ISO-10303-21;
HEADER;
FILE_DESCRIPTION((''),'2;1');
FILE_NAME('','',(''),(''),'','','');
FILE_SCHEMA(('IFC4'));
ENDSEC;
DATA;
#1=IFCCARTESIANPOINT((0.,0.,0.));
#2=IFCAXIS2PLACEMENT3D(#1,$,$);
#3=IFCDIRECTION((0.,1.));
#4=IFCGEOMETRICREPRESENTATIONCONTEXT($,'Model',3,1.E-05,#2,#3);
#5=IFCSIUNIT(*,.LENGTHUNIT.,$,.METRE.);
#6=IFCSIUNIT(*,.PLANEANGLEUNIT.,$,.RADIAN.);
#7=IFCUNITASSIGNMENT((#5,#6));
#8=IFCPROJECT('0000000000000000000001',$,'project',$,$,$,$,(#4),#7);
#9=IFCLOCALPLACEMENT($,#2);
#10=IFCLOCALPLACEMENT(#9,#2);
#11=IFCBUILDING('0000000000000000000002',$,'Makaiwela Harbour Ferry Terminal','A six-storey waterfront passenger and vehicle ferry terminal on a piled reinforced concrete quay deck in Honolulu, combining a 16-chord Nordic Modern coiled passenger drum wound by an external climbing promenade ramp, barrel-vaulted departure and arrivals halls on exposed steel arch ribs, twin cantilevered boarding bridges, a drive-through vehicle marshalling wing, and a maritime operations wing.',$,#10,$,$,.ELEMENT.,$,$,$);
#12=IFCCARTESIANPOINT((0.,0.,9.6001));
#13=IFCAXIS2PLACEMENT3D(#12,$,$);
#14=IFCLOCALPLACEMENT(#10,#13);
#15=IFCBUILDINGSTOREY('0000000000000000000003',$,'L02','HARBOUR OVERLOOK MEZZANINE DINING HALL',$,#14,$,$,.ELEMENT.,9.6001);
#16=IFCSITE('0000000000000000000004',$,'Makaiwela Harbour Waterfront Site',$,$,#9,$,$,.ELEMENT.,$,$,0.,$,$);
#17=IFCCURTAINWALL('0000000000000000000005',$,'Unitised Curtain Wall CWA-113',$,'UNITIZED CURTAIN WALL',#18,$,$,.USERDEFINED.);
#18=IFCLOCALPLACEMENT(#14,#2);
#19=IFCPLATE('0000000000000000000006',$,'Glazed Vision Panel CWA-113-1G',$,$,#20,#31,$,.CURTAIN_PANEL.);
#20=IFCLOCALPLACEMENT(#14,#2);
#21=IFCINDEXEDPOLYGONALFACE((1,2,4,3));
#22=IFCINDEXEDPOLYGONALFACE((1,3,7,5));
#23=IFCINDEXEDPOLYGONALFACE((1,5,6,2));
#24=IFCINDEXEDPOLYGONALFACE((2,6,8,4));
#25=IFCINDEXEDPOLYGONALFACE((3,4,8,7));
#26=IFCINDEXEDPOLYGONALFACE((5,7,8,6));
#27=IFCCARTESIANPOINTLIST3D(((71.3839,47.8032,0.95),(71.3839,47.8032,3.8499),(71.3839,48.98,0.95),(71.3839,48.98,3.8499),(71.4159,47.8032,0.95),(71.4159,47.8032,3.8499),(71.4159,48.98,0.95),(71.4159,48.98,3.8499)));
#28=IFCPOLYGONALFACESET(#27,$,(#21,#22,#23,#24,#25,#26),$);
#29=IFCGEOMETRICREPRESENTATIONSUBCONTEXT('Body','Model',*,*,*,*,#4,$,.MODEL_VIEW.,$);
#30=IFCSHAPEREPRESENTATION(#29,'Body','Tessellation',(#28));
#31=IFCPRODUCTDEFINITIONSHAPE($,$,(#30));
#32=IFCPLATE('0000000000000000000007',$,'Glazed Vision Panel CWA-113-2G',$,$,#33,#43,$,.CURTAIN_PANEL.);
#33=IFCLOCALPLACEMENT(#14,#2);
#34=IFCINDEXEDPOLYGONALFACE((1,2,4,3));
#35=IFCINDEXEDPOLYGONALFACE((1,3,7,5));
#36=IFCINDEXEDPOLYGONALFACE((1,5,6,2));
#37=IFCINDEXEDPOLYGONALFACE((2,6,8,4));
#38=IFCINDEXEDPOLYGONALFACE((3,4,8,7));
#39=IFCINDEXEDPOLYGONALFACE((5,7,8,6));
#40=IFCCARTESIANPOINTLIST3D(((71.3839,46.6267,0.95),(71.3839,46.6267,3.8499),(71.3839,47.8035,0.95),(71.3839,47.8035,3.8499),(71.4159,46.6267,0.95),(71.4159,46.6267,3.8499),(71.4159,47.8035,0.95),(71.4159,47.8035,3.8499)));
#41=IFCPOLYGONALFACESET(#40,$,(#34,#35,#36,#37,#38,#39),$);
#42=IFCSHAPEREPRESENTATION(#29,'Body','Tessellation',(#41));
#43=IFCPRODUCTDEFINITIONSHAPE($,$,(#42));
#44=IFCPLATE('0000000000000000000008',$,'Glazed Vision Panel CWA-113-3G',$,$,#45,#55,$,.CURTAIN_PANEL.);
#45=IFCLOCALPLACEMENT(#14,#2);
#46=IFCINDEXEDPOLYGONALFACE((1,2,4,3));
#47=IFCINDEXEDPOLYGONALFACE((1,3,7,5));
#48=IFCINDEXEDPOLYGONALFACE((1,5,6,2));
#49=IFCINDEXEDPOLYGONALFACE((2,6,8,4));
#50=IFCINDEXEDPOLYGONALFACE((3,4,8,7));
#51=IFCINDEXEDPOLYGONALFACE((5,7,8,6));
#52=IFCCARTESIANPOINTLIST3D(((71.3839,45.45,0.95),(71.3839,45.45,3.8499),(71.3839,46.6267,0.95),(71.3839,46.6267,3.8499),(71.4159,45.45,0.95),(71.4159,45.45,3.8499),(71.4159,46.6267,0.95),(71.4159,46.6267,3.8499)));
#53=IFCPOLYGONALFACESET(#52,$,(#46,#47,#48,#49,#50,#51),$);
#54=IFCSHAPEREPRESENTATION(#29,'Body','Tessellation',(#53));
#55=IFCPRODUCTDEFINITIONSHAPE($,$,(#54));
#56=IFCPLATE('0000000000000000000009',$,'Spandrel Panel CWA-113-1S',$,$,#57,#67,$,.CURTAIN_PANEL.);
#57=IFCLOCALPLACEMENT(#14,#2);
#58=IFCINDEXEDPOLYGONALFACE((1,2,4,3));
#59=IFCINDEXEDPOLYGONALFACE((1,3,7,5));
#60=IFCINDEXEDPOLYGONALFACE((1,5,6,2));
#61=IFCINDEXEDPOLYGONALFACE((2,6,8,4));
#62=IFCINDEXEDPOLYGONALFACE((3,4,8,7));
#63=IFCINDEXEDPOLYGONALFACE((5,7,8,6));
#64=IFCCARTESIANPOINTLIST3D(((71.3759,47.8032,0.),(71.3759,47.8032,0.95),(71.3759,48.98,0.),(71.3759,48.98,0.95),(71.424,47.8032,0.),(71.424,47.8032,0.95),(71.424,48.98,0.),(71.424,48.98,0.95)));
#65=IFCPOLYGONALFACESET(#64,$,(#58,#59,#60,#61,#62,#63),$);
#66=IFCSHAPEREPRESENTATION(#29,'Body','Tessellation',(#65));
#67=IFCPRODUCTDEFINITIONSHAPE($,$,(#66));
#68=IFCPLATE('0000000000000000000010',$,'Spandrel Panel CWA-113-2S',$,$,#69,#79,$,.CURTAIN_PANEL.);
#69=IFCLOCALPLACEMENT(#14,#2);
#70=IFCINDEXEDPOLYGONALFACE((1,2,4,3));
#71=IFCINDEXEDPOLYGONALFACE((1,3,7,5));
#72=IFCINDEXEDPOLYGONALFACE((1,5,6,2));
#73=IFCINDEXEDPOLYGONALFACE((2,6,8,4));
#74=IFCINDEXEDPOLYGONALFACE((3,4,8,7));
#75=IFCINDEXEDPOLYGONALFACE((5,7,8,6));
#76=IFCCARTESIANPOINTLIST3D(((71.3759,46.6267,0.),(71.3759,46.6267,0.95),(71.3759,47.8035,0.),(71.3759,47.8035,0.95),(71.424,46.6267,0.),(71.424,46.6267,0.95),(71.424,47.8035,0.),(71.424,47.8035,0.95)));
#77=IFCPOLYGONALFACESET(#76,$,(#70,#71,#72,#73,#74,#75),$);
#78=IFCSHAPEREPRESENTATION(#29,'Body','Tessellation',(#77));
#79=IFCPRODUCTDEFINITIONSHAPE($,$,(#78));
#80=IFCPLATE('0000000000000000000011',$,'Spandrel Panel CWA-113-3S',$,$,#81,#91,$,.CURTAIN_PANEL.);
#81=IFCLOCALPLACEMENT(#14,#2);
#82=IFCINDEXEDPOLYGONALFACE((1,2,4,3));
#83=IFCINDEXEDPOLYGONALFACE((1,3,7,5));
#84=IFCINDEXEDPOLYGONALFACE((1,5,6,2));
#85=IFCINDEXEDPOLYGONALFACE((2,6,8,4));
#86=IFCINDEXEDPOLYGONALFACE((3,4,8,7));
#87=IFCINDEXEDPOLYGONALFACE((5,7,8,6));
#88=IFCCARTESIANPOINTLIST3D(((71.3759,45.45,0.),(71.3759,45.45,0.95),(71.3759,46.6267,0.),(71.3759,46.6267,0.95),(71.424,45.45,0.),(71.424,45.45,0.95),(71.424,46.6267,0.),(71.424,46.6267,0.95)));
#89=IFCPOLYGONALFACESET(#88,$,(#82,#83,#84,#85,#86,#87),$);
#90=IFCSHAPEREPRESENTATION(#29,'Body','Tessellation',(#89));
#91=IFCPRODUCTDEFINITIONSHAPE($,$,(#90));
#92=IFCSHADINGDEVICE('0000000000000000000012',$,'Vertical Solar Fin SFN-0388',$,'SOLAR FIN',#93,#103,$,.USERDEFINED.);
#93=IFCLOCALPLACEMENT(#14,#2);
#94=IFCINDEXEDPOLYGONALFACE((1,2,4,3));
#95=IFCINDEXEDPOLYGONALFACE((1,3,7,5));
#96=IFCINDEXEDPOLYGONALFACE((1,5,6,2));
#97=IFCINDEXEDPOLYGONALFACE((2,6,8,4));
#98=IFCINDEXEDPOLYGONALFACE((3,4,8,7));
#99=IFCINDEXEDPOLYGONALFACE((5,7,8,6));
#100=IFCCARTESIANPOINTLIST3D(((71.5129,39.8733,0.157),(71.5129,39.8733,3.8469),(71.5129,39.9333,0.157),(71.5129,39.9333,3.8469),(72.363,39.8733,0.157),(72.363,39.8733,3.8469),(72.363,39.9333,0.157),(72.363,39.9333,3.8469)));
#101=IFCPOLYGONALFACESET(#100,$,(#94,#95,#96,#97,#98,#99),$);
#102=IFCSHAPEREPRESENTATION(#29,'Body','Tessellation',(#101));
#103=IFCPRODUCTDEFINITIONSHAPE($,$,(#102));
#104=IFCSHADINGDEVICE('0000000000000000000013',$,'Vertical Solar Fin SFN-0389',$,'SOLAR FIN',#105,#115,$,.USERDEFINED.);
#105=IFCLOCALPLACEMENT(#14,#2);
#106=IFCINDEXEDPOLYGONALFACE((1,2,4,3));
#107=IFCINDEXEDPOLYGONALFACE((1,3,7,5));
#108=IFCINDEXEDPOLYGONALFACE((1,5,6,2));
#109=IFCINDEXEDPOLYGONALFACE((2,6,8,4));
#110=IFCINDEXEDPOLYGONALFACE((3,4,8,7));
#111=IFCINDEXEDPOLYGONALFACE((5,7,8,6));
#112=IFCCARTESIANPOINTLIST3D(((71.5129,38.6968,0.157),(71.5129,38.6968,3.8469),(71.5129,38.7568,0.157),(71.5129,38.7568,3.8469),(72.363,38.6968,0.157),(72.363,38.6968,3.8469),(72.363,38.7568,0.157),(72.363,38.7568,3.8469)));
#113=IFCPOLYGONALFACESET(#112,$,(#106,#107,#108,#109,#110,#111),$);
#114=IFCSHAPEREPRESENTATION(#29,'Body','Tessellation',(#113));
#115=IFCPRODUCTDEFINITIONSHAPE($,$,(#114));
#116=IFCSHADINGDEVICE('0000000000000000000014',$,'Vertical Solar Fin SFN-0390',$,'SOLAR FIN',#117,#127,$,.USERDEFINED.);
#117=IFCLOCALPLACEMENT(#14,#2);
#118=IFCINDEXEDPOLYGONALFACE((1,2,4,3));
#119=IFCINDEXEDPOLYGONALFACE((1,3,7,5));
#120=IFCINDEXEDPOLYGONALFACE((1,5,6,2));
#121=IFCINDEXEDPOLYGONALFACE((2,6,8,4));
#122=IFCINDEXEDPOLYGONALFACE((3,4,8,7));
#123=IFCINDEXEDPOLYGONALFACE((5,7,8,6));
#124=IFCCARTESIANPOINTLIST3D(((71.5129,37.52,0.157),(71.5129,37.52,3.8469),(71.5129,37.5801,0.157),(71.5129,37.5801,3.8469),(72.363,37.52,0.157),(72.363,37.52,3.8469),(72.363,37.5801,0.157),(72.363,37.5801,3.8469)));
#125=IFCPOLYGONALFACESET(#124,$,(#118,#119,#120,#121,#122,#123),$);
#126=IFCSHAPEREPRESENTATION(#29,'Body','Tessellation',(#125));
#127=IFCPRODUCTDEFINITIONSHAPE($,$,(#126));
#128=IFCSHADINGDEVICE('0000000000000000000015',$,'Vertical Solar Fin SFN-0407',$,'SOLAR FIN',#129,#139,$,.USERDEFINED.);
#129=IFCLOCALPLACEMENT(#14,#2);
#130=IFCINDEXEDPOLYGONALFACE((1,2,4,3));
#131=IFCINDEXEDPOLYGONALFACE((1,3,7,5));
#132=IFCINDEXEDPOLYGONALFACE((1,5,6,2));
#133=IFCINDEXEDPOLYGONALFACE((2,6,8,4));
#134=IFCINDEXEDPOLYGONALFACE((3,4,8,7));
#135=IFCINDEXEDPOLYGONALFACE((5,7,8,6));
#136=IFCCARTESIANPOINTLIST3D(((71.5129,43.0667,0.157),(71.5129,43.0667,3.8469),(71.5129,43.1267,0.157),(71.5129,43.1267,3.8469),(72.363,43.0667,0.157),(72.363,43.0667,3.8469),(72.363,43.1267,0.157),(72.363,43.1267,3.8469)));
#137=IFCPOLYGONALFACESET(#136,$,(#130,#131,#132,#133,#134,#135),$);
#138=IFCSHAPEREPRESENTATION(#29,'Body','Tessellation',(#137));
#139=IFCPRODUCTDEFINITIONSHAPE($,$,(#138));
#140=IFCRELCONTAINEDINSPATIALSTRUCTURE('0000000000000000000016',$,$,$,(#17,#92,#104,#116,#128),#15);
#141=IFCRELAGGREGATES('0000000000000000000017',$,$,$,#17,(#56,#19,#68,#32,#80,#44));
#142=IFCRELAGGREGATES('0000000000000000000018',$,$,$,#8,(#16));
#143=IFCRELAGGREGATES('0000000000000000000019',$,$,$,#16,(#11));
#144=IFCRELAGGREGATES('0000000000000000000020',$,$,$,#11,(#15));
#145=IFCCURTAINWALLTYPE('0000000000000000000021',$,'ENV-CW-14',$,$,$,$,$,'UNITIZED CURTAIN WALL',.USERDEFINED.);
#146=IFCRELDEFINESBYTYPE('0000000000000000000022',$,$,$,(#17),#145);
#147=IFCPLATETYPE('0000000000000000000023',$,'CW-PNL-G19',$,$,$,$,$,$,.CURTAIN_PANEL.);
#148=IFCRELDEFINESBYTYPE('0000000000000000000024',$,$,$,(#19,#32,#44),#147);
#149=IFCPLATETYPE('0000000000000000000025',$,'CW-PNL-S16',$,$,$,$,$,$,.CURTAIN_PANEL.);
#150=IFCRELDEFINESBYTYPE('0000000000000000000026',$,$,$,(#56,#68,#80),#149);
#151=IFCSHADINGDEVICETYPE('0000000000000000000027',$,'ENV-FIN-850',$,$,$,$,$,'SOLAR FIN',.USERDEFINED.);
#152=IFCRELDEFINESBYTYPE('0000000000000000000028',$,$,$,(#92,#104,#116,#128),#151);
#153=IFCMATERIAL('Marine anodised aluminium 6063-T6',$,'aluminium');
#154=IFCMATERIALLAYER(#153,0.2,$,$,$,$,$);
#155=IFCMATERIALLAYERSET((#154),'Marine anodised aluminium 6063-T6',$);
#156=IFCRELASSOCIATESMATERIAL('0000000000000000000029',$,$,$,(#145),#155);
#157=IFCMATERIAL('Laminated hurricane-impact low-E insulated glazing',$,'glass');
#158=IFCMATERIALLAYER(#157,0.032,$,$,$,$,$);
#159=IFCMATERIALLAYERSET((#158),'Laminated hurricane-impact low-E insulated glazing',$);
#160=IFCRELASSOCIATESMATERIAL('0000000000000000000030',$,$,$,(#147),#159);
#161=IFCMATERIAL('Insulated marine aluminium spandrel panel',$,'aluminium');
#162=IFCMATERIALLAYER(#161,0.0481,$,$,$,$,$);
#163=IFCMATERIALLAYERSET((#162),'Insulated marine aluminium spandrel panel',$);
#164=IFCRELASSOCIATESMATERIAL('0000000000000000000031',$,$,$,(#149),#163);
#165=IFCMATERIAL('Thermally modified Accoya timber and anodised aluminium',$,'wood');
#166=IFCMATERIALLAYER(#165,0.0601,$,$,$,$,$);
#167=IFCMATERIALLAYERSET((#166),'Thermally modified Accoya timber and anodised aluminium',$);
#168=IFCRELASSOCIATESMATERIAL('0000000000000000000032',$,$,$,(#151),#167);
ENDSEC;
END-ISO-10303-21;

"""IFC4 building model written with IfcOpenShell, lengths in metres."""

from ifc_helpers import new_model, si_unit, direction, frame, origin, origin_2d, place, context, subcontext, project, spatial, rectangle, extrude, material, layer, layer_set, type_object, element, aggregate, save


model = new_model("IFC4")

# Units and contexts
model_context = context("Model", 3, precision=1e-05, world=origin(), true_north=direction((0.0, 1.0)))
body_context = subcontext(model_context, "Body", "Model", "MODEL_VIEW")
ifc_project = project(units=[si_unit("LENGTHUNIT", "METRE"), si_unit("PLANEANGLEUNIT", "RADIAN")], contexts=[model_context])

# Site, building, storey
site_placement = place(None, origin())
site = spatial("IfcSite", under=ifc_project, at=site_placement, Name="Makaiwela Harbour Waterfront Site", CompositionType="ELEMENT", RefElevation=0.0)
building_placement = place(site_placement, origin())
building = spatial("IfcBuilding", under=site, at=building_placement, Name="Makaiwela Harbour Ferry Terminal", Description="A six-storey waterfront passenger and vehicle ferry terminal on a piled reinforced concrete quay deck in Honolulu, combining a 16-chord Nordic Modern coiled passenger drum wound by an external climbing promenade ramp, barrel-vaulted departure and arrivals halls on exposed steel arch ribs, twin cantilevered boarding bridges, a drive-through vehicle marshalling wing, and a maritime operations wing.", CompositionType="ELEMENT")
storey_placement = place(building_placement, frame((0.0, 0.0, 9.6001)))
storey = spatial("IfcBuildingStorey", under=building, at=storey_placement, Name="L02", Description="HARBOUR OVERLOOK MEZZANINE DINING HALL", CompositionType="ELEMENT", Elevation=9.6001)

# Curtain wall, plates
ifc_material_1 = material(Name="Marine anodised aluminium 6063-T6", Category="aluminium")
ifc_layer_1 = layer(ifc_material_1, 0.2)
ifc_layer_set_1 = layer_set([ifc_layer_1], Name="Marine anodised aluminium 6063-T6")
curtain_wall_type = type_object("IfcCurtainWallType", Name="ENV-CW-14", ElementType="UNITIZED CURTAIN WALL", PredefinedType="USERDEFINED", material=ifc_layer_set_1)
curtain_wall_placement = place(storey_placement, origin())
curtain_wall = element("IfcCurtainWall", 1, at=curtain_wall_placement, inside=storey, type_object=curtain_wall_type, Name="Unitised Curtain Wall CWA-113", ObjectType="UNITIZED CURTAIN WALL", PredefinedType="USERDEFINED")
ifc_material_2 = material(Name="Laminated hurricane-impact low-E insulated glazing", Category="glass")
ifc_layer_2 = layer(ifc_material_2, 0.032)
ifc_layer_set_2 = layer_set([ifc_layer_2], Name="Laminated hurricane-impact low-E insulated glazing")
plate_type_1 = type_object("IfcPlateType", Name="CW-PNL-G19", PredefinedType="CURTAIN_PANEL", material=ifc_layer_set_2)
plate_1_placement = place(storey_placement, frame((71.3999, 48.3916, 0.95), z_axis=(0.0, 0.0, 1.0), x_axis=(0.0, -1.0, 0.0)))
plate_1 = element("IfcPlate", 2, at=plate_1_placement, type_object=plate_type_1, Name="Glazed Vision Panel CWA-113-1G", PredefinedType="CURTAIN_PANEL", context=body_context, shape_type="SweptSolid", body=[
    extrude(rectangle(XDim=1.1768, YDim=0.032, at=origin_2d()), origin(), (0.0, 0.0, 1.0), 2.8999),
])
plate_2_placement = place(storey_placement, frame((71.3999, 47.2151, 0.95), z_axis=(0.0, 0.0, 1.0), x_axis=(0.0, -1.0, 0.0)))
plate_2 = element("IfcPlate", 3, at=plate_2_placement, type_object=plate_type_1, Name="Glazed Vision Panel CWA-113-2G", PredefinedType="CURTAIN_PANEL", context=body_context, shape_type="SweptSolid", body=[
    extrude(rectangle(XDim=1.1768, YDim=0.032, at=origin_2d()), origin(), (0.0, 0.0, 1.0), 2.8999),
])
plate_3_placement = place(storey_placement, frame((71.3999, 46.0383, 0.95), z_axis=(0.0, 0.0, 1.0), x_axis=(0.0, -1.0, 0.0)))
plate_3 = element("IfcPlate", 4, at=plate_3_placement, type_object=plate_type_1, Name="Glazed Vision Panel CWA-113-3G", PredefinedType="CURTAIN_PANEL", context=body_context, shape_type="SweptSolid", body=[
    extrude(rectangle(XDim=1.1768, YDim=0.032, at=origin_2d()), origin(), (0.0, 0.0, 1.0), 2.8999),
])
ifc_material_3 = material(Name="Insulated marine aluminium spandrel panel", Category="aluminium")
ifc_layer_3 = layer(ifc_material_3, 0.0481)
ifc_layer_set_3 = layer_set([ifc_layer_3], Name="Insulated marine aluminium spandrel panel")
plate_type_2 = type_object("IfcPlateType", Name="CW-PNL-S16", PredefinedType="CURTAIN_PANEL", material=ifc_layer_set_3)
plate_4_placement = place(storey_placement, frame((71.3999, 48.3916, 0.0), z_axis=(0.0, 0.0, 1.0), x_axis=(0.0, -1.0, 0.0)))
plate_4 = element("IfcPlate", 5, at=plate_4_placement, type_object=plate_type_2, Name="Spandrel Panel CWA-113-1S", PredefinedType="CURTAIN_PANEL", context=body_context, shape_type="SweptSolid", body=[
    extrude(rectangle(XDim=1.1768, YDim=0.0481, at=origin_2d()), origin(), (0.0, 0.0, 1.0), 0.95),
])
plate_5_placement = place(storey_placement, frame((71.3999, 47.2151, 0.0), z_axis=(0.0, 0.0, 1.0), x_axis=(0.0, -1.0, 0.0)))
plate_5 = element("IfcPlate", 6, at=plate_5_placement, type_object=plate_type_2, Name="Spandrel Panel CWA-113-2S", PredefinedType="CURTAIN_PANEL", context=body_context, shape_type="SweptSolid", body=[
    extrude(rectangle(XDim=1.1768, YDim=0.0481, at=origin_2d()), origin(), (0.0, 0.0, 1.0), 0.95),
])
plate_6_placement = place(storey_placement, frame((71.3999, 46.0383, 0.0), z_axis=(0.0, 0.0, 1.0), x_axis=(0.0, -1.0, 0.0)))
plate_6 = element("IfcPlate", 7, at=plate_6_placement, type_object=plate_type_2, Name="Spandrel Panel CWA-113-3S", PredefinedType="CURTAIN_PANEL", context=body_context, shape_type="SweptSolid", body=[
    extrude(rectangle(XDim=1.1768, YDim=0.0481, at=origin_2d()), origin(), (0.0, 0.0, 1.0), 0.95),
])
aggregate(curtain_wall, [plate_4, plate_1, plate_5, plate_2, plate_6, plate_3])

# Shading devices
ifc_material_4 = material(Name="Thermally modified Accoya timber and anodised aluminium", Category="wood")
ifc_layer_4 = layer(ifc_material_4, 0.0601)
ifc_layer_set_4 = layer_set([ifc_layer_4], Name="Thermally modified Accoya timber and anodised aluminium")
shading_device_type = type_object("IfcShadingDeviceType", Name="ENV-FIN-850", ElementType="SOLAR FIN", PredefinedType="USERDEFINED", material=ifc_layer_set_4)
for number, where, z_axis, x_axis, name in (
    (8, (71.938, 39.9033, 0.157), (0.0, 0.0, 1.0), (1.0, 0.0, 0.0), "Vertical Solar Fin SFN-0388"),
    (9, (71.938, 38.7268, 0.157), (0.0, 0.0, 1.0), (1.0, 0.0, 0.0), "Vertical Solar Fin SFN-0389"),
    (10, (71.938, 37.55, 0.157), (0.0, 0.0, 1.0), (1.0, 0.0, 0.0), "Vertical Solar Fin SFN-0390"),
    (11, (71.938, 43.0967, 0.157), (0.0, 0.0, 1.0), (1.0, 0.0, 0.0), "Vertical Solar Fin SFN-0407"),
):
    element("IfcShadingDevice", number, at=place(storey_placement, frame(where, z_axis=z_axis, x_axis=x_axis)), inside=storey, type_object=shading_device_type, Name=name, ObjectType="SOLAR FIN", PredefinedType="USERDEFINED", context=body_context, shape_type="SweptSolid", body=[
        extrude(rectangle(XDim=0.8501, YDim=0.0601, at=origin_2d()), origin(), (0.0, 0.0, 1.0), 3.6899),
    ])

save(model, "model.ifc")
